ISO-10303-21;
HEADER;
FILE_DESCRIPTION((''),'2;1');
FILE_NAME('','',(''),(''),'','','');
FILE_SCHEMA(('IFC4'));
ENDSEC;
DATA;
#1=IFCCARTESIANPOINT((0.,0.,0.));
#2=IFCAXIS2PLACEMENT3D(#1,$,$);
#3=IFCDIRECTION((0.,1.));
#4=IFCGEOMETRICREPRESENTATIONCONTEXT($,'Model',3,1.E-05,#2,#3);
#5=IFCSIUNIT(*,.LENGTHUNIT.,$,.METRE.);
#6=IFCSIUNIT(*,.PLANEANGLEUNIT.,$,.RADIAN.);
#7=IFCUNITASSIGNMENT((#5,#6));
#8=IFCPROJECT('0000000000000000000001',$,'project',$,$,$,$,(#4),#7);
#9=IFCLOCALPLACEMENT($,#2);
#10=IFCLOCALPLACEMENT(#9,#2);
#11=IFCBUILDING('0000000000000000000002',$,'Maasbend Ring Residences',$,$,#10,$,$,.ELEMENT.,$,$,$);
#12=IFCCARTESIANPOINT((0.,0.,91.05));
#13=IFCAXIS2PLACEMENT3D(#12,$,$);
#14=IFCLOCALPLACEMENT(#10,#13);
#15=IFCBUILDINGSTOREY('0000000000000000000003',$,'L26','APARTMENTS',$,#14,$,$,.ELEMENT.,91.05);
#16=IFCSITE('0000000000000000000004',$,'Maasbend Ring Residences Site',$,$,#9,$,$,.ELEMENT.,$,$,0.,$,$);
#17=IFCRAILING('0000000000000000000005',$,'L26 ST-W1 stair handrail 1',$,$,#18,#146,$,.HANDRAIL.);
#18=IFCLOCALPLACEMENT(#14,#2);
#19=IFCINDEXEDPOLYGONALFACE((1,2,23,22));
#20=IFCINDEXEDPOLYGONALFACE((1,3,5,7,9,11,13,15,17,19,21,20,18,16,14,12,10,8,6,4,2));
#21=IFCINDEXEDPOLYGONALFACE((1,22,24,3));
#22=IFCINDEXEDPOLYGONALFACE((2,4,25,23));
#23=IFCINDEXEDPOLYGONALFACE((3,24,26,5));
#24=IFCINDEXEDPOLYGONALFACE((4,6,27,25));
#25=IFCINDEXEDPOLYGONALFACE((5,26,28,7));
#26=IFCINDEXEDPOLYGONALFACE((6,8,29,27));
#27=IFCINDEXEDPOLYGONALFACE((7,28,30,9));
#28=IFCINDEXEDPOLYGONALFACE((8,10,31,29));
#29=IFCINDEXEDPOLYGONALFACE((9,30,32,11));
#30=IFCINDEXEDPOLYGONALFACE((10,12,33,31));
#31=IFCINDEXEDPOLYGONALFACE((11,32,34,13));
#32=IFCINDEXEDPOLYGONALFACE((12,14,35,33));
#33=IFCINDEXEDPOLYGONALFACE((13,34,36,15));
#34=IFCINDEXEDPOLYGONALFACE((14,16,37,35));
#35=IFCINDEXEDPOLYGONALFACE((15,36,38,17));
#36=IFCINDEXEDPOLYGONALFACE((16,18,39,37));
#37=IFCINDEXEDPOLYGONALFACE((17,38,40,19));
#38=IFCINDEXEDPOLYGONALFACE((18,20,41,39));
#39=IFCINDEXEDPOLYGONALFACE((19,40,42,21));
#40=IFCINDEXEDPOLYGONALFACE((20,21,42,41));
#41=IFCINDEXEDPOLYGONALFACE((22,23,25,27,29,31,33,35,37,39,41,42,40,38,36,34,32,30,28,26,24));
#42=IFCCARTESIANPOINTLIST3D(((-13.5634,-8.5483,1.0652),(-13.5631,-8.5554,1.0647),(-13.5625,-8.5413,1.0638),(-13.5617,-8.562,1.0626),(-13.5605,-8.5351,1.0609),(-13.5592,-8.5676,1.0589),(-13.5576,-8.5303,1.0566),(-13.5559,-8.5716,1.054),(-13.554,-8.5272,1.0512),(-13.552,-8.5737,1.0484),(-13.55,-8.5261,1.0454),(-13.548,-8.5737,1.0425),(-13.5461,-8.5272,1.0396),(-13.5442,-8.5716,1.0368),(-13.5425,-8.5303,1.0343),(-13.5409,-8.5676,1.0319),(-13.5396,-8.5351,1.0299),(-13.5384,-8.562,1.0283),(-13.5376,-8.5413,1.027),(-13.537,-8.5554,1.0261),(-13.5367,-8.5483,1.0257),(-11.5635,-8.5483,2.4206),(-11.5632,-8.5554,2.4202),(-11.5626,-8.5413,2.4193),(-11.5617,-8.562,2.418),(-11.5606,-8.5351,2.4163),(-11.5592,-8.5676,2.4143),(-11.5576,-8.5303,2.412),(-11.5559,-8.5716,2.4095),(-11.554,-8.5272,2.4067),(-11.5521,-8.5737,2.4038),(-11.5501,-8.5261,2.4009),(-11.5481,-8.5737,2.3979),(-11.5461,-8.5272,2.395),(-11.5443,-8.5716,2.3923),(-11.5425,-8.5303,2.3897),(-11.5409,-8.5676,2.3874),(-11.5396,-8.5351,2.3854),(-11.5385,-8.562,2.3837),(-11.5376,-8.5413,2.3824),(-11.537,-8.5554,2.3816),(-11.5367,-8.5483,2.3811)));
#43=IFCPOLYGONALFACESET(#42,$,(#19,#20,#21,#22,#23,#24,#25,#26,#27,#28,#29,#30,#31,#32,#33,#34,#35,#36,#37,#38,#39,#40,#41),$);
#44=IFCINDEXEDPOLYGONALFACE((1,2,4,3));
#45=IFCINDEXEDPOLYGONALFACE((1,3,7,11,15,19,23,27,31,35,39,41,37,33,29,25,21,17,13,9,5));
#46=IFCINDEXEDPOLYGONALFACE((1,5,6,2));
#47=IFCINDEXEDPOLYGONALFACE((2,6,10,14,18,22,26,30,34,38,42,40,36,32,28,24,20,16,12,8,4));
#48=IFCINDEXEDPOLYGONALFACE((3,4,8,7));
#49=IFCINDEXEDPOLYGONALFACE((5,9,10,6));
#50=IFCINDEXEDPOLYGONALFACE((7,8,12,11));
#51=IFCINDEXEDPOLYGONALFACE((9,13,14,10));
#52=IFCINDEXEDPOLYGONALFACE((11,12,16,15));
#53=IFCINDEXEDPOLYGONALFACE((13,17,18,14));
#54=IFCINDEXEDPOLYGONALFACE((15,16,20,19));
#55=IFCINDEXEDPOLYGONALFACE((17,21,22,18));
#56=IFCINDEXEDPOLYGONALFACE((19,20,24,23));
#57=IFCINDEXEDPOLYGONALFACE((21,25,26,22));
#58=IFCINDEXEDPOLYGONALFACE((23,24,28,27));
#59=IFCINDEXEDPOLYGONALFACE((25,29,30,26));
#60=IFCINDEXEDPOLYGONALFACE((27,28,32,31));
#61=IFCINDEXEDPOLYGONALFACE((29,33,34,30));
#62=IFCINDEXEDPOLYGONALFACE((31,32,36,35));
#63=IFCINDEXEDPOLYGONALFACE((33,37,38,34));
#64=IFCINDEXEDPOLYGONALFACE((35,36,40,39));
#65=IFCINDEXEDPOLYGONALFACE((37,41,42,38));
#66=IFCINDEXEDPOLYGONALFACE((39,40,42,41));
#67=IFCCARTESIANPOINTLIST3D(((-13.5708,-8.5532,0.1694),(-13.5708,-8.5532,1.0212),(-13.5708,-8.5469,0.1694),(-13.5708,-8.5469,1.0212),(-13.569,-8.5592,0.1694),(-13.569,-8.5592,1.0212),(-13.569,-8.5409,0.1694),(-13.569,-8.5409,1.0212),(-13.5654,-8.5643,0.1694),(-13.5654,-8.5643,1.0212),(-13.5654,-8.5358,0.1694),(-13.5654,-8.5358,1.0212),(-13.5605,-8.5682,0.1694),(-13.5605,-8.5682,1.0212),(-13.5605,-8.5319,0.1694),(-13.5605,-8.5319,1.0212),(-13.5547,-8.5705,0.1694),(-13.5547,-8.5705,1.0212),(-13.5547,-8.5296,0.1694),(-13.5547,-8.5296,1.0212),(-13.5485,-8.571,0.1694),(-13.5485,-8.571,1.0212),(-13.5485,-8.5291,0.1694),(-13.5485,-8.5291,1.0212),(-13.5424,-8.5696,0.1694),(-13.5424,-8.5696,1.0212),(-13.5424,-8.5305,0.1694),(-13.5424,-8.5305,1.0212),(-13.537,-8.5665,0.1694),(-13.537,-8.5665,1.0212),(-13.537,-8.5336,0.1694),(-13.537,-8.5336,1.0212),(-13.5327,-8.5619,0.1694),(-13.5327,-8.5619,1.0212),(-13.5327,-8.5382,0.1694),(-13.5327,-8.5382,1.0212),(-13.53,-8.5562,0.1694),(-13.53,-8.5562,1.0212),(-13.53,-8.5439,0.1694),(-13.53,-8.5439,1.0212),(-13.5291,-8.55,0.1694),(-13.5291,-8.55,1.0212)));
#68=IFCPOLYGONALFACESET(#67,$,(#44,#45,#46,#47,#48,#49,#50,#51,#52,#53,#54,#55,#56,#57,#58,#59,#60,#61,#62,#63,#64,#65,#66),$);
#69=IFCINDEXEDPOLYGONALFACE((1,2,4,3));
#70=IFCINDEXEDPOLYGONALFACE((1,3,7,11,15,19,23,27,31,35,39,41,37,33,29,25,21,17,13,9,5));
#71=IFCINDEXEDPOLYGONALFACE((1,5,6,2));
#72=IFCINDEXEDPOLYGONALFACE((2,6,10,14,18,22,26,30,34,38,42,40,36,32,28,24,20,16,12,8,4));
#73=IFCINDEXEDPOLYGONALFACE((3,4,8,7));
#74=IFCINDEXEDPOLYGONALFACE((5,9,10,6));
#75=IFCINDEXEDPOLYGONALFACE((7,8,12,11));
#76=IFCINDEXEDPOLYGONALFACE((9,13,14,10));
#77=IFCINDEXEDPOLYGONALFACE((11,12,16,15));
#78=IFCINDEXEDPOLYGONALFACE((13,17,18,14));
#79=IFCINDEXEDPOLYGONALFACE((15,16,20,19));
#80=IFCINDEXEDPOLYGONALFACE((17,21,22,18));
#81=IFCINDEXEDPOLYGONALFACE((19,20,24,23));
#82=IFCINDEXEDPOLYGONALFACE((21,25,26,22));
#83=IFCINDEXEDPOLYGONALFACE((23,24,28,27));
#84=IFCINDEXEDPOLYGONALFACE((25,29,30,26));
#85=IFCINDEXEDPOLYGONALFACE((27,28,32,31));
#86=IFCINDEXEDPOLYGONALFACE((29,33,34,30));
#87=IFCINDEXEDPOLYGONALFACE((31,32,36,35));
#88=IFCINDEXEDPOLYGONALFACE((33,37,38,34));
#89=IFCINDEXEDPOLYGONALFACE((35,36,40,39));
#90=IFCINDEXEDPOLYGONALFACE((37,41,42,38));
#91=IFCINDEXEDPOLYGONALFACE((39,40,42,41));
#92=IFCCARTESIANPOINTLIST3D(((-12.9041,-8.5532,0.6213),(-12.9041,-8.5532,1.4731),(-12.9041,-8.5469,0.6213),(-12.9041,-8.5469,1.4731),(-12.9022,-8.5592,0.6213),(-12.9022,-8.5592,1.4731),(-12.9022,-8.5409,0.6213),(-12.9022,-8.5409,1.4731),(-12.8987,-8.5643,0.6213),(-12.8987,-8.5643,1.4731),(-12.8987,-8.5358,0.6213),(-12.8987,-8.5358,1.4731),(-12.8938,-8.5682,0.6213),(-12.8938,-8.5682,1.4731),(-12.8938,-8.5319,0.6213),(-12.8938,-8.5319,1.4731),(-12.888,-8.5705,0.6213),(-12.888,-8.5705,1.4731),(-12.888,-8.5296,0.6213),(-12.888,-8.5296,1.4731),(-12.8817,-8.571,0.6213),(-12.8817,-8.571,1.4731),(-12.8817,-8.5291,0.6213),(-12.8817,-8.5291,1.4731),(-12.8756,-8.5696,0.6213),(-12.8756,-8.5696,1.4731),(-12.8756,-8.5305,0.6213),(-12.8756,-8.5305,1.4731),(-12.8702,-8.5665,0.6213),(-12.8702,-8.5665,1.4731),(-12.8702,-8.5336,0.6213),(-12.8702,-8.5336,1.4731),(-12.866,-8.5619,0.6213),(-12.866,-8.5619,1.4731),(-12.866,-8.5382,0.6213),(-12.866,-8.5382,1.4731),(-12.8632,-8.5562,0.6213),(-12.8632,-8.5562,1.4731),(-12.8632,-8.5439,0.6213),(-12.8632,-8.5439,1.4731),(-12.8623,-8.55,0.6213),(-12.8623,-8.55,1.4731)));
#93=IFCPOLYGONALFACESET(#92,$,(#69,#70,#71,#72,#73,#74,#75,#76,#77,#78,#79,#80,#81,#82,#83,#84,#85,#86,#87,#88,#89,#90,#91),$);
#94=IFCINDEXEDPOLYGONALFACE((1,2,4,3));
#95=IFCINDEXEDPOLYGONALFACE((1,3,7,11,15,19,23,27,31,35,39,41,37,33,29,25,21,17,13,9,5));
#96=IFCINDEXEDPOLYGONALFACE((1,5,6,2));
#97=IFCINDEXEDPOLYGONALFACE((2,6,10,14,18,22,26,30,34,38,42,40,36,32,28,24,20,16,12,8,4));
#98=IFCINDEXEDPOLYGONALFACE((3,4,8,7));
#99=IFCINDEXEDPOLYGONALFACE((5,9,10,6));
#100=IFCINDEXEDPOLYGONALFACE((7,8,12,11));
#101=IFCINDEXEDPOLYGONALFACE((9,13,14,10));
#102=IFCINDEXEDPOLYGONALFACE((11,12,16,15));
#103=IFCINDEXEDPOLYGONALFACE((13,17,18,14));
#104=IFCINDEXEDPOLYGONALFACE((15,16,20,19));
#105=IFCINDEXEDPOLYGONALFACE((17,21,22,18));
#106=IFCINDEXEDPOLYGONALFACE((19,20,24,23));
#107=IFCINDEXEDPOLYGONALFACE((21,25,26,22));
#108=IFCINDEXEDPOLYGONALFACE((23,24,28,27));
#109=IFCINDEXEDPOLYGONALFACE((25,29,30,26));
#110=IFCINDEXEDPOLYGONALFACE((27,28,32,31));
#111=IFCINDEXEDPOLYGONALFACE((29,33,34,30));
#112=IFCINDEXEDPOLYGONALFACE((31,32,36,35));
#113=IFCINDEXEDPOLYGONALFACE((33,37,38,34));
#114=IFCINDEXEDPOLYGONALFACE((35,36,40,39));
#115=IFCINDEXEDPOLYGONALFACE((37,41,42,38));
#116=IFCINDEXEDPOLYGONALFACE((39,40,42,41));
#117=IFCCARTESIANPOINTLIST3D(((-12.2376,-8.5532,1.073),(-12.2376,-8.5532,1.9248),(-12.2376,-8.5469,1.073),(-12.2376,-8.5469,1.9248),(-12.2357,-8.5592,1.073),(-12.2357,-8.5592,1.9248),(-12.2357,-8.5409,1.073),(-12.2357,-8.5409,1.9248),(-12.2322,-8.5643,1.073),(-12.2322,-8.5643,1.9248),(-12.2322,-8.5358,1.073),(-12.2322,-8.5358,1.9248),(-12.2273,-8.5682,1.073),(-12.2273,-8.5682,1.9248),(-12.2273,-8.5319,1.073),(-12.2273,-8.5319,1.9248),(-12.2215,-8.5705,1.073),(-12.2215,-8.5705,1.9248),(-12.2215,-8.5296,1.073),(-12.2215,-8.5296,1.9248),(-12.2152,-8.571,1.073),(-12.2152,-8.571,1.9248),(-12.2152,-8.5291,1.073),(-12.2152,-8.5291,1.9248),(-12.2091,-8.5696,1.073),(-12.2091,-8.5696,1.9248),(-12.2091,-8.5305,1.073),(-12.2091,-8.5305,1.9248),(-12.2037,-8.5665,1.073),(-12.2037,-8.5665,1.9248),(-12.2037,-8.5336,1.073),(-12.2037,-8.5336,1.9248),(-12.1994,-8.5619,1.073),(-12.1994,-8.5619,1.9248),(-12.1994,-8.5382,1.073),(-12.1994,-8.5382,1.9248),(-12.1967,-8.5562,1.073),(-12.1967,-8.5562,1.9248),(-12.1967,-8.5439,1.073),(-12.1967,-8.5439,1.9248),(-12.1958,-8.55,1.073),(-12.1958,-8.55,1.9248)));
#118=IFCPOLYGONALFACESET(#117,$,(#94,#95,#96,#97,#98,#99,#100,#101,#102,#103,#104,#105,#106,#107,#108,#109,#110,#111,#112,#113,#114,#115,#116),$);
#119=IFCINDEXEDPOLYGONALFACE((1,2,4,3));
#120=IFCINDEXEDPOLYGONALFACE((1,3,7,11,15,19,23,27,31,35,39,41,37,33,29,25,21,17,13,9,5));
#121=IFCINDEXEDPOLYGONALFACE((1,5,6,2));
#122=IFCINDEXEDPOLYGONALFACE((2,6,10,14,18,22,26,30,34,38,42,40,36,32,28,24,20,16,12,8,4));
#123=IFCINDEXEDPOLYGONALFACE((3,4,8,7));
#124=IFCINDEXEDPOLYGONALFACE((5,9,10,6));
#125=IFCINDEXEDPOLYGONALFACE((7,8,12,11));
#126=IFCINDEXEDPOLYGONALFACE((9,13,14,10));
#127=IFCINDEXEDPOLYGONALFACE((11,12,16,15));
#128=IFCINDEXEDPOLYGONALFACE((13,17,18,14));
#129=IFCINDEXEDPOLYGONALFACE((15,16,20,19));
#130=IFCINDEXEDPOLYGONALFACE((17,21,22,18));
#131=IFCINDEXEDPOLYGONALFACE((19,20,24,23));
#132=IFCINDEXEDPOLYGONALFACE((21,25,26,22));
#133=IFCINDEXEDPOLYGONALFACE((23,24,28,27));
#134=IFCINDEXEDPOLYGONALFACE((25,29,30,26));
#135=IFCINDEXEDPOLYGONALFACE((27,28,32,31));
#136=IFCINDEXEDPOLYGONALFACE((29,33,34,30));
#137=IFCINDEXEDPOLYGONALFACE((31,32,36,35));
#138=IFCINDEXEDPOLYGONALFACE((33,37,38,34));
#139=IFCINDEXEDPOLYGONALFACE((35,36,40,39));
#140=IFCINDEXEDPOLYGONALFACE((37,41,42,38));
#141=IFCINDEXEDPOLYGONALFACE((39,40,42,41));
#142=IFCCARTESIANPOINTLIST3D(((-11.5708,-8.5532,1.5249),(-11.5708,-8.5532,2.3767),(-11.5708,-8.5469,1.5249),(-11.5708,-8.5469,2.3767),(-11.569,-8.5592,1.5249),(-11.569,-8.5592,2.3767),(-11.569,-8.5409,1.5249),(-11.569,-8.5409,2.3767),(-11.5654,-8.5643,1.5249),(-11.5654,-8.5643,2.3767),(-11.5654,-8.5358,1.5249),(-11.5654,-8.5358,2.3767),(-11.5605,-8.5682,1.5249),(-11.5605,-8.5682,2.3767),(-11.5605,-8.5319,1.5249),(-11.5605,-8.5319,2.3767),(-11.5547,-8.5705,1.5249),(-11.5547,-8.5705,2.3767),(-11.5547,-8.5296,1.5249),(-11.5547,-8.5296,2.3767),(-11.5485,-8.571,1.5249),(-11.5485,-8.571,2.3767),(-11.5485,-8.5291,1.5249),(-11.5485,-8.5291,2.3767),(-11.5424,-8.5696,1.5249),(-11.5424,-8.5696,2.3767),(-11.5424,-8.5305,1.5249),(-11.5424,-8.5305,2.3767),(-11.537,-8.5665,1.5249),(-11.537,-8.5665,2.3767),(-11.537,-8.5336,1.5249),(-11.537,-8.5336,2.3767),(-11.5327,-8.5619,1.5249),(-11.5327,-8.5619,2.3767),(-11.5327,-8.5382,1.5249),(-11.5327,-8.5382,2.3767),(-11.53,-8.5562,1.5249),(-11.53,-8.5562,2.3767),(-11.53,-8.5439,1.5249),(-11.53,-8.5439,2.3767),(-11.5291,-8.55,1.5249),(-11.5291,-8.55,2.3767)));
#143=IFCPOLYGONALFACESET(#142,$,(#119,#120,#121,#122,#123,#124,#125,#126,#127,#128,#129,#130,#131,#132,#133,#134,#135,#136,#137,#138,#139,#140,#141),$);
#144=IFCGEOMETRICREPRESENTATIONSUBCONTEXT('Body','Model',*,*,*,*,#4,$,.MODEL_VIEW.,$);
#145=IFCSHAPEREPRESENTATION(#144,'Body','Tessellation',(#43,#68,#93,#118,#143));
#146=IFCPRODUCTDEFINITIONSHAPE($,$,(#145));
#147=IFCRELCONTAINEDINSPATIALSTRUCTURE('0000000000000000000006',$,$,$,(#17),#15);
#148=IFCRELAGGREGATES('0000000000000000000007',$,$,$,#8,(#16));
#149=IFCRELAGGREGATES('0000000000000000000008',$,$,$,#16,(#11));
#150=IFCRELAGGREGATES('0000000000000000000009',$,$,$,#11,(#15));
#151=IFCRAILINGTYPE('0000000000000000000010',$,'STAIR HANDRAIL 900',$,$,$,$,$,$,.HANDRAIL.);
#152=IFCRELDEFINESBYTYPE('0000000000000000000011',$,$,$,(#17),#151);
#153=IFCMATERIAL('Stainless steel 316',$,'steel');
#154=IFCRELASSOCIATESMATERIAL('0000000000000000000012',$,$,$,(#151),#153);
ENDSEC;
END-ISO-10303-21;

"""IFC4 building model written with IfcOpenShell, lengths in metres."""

from ifc_helpers import new_model, si_unit, direction, frame, origin, origin_2d, place, context, subcontext, project, spatial, circle, extrude, material, type_object, element, save


model = new_model("IFC4")

# Units and contexts
model_context = context("Model", 3, precision=1e-05, world=origin(), true_north=direction((0.0, 1.0)))
body_context = subcontext(model_context, "Body", "Model", "MODEL_VIEW")
ifc_project = project(units=[si_unit("LENGTHUNIT", "METRE"), si_unit("PLANEANGLEUNIT", "RADIAN")], contexts=[model_context])

# Site, building, storey
site_placement = place(None, origin())
site = spatial("IfcSite", under=ifc_project, at=site_placement, Name="Maasbend Ring Residences Site", CompositionType="ELEMENT", RefElevation=0.0)
building_placement = place(site_placement, origin())
building = spatial("IfcBuilding", under=site, at=building_placement, Name="Maasbend Ring Residences", CompositionType="ELEMENT")
storey_placement = place(building_placement, frame((0.0, 0.0, 91.05)))
storey = spatial("IfcBuildingStorey", under=building, at=storey_placement, Name="L26", Description="APARTMENTS", CompositionType="ELEMENT", Elevation=91.05)

# Railing
ifc_material_1 = material(Name="Stainless steel 316", Category="steel")
railing_type_1 = type_object("IfcRailingType", Name="STAIR HANDRAIL 900", PredefinedType="HANDRAIL", material=ifc_material_1)
railing_1_placement = place(storey_placement, frame((-13.55, -8.55, 0.1694)))
element("IfcRailing", 1, at=railing_1_placement, inside=storey, type_object=railing_type_1, Name="L26 ST-W1 stair handrail 1", PredefinedType="HANDRAIL", context=body_context, shape_type="SweptSolid", body=[
    extrude(circle(Radius=0.0239, at=origin_2d()), frame((0.0, 0.0, 0.876), z_axis=(0.827798, 0.0, 0.561027), x_axis=(0.0, 1.0, 0.0)), (0.0, 0.0, 1.0), 2.416),
    extrude(circle(Radius=0.021, at=origin_2d()), origin(), (0.0, 0.0, 1.0), 0.8518),
    extrude(circle(Radius=0.021, at=origin_2d()), frame((0.6667, 0.0, 0.4519)), (0.0, 0.0, 1.0), 0.8518),
    extrude(circle(Radius=0.021, at=origin_2d()), frame((1.3333, 0.0, 0.9036)), (0.0, 0.0, 1.0), 0.8518),
    extrude(circle(Radius=0.021, at=origin_2d()), frame((2.0, 0.0, 1.3555)), (0.0, 0.0, 1.0), 0.8518),
])

save(model, "model.ifc")
